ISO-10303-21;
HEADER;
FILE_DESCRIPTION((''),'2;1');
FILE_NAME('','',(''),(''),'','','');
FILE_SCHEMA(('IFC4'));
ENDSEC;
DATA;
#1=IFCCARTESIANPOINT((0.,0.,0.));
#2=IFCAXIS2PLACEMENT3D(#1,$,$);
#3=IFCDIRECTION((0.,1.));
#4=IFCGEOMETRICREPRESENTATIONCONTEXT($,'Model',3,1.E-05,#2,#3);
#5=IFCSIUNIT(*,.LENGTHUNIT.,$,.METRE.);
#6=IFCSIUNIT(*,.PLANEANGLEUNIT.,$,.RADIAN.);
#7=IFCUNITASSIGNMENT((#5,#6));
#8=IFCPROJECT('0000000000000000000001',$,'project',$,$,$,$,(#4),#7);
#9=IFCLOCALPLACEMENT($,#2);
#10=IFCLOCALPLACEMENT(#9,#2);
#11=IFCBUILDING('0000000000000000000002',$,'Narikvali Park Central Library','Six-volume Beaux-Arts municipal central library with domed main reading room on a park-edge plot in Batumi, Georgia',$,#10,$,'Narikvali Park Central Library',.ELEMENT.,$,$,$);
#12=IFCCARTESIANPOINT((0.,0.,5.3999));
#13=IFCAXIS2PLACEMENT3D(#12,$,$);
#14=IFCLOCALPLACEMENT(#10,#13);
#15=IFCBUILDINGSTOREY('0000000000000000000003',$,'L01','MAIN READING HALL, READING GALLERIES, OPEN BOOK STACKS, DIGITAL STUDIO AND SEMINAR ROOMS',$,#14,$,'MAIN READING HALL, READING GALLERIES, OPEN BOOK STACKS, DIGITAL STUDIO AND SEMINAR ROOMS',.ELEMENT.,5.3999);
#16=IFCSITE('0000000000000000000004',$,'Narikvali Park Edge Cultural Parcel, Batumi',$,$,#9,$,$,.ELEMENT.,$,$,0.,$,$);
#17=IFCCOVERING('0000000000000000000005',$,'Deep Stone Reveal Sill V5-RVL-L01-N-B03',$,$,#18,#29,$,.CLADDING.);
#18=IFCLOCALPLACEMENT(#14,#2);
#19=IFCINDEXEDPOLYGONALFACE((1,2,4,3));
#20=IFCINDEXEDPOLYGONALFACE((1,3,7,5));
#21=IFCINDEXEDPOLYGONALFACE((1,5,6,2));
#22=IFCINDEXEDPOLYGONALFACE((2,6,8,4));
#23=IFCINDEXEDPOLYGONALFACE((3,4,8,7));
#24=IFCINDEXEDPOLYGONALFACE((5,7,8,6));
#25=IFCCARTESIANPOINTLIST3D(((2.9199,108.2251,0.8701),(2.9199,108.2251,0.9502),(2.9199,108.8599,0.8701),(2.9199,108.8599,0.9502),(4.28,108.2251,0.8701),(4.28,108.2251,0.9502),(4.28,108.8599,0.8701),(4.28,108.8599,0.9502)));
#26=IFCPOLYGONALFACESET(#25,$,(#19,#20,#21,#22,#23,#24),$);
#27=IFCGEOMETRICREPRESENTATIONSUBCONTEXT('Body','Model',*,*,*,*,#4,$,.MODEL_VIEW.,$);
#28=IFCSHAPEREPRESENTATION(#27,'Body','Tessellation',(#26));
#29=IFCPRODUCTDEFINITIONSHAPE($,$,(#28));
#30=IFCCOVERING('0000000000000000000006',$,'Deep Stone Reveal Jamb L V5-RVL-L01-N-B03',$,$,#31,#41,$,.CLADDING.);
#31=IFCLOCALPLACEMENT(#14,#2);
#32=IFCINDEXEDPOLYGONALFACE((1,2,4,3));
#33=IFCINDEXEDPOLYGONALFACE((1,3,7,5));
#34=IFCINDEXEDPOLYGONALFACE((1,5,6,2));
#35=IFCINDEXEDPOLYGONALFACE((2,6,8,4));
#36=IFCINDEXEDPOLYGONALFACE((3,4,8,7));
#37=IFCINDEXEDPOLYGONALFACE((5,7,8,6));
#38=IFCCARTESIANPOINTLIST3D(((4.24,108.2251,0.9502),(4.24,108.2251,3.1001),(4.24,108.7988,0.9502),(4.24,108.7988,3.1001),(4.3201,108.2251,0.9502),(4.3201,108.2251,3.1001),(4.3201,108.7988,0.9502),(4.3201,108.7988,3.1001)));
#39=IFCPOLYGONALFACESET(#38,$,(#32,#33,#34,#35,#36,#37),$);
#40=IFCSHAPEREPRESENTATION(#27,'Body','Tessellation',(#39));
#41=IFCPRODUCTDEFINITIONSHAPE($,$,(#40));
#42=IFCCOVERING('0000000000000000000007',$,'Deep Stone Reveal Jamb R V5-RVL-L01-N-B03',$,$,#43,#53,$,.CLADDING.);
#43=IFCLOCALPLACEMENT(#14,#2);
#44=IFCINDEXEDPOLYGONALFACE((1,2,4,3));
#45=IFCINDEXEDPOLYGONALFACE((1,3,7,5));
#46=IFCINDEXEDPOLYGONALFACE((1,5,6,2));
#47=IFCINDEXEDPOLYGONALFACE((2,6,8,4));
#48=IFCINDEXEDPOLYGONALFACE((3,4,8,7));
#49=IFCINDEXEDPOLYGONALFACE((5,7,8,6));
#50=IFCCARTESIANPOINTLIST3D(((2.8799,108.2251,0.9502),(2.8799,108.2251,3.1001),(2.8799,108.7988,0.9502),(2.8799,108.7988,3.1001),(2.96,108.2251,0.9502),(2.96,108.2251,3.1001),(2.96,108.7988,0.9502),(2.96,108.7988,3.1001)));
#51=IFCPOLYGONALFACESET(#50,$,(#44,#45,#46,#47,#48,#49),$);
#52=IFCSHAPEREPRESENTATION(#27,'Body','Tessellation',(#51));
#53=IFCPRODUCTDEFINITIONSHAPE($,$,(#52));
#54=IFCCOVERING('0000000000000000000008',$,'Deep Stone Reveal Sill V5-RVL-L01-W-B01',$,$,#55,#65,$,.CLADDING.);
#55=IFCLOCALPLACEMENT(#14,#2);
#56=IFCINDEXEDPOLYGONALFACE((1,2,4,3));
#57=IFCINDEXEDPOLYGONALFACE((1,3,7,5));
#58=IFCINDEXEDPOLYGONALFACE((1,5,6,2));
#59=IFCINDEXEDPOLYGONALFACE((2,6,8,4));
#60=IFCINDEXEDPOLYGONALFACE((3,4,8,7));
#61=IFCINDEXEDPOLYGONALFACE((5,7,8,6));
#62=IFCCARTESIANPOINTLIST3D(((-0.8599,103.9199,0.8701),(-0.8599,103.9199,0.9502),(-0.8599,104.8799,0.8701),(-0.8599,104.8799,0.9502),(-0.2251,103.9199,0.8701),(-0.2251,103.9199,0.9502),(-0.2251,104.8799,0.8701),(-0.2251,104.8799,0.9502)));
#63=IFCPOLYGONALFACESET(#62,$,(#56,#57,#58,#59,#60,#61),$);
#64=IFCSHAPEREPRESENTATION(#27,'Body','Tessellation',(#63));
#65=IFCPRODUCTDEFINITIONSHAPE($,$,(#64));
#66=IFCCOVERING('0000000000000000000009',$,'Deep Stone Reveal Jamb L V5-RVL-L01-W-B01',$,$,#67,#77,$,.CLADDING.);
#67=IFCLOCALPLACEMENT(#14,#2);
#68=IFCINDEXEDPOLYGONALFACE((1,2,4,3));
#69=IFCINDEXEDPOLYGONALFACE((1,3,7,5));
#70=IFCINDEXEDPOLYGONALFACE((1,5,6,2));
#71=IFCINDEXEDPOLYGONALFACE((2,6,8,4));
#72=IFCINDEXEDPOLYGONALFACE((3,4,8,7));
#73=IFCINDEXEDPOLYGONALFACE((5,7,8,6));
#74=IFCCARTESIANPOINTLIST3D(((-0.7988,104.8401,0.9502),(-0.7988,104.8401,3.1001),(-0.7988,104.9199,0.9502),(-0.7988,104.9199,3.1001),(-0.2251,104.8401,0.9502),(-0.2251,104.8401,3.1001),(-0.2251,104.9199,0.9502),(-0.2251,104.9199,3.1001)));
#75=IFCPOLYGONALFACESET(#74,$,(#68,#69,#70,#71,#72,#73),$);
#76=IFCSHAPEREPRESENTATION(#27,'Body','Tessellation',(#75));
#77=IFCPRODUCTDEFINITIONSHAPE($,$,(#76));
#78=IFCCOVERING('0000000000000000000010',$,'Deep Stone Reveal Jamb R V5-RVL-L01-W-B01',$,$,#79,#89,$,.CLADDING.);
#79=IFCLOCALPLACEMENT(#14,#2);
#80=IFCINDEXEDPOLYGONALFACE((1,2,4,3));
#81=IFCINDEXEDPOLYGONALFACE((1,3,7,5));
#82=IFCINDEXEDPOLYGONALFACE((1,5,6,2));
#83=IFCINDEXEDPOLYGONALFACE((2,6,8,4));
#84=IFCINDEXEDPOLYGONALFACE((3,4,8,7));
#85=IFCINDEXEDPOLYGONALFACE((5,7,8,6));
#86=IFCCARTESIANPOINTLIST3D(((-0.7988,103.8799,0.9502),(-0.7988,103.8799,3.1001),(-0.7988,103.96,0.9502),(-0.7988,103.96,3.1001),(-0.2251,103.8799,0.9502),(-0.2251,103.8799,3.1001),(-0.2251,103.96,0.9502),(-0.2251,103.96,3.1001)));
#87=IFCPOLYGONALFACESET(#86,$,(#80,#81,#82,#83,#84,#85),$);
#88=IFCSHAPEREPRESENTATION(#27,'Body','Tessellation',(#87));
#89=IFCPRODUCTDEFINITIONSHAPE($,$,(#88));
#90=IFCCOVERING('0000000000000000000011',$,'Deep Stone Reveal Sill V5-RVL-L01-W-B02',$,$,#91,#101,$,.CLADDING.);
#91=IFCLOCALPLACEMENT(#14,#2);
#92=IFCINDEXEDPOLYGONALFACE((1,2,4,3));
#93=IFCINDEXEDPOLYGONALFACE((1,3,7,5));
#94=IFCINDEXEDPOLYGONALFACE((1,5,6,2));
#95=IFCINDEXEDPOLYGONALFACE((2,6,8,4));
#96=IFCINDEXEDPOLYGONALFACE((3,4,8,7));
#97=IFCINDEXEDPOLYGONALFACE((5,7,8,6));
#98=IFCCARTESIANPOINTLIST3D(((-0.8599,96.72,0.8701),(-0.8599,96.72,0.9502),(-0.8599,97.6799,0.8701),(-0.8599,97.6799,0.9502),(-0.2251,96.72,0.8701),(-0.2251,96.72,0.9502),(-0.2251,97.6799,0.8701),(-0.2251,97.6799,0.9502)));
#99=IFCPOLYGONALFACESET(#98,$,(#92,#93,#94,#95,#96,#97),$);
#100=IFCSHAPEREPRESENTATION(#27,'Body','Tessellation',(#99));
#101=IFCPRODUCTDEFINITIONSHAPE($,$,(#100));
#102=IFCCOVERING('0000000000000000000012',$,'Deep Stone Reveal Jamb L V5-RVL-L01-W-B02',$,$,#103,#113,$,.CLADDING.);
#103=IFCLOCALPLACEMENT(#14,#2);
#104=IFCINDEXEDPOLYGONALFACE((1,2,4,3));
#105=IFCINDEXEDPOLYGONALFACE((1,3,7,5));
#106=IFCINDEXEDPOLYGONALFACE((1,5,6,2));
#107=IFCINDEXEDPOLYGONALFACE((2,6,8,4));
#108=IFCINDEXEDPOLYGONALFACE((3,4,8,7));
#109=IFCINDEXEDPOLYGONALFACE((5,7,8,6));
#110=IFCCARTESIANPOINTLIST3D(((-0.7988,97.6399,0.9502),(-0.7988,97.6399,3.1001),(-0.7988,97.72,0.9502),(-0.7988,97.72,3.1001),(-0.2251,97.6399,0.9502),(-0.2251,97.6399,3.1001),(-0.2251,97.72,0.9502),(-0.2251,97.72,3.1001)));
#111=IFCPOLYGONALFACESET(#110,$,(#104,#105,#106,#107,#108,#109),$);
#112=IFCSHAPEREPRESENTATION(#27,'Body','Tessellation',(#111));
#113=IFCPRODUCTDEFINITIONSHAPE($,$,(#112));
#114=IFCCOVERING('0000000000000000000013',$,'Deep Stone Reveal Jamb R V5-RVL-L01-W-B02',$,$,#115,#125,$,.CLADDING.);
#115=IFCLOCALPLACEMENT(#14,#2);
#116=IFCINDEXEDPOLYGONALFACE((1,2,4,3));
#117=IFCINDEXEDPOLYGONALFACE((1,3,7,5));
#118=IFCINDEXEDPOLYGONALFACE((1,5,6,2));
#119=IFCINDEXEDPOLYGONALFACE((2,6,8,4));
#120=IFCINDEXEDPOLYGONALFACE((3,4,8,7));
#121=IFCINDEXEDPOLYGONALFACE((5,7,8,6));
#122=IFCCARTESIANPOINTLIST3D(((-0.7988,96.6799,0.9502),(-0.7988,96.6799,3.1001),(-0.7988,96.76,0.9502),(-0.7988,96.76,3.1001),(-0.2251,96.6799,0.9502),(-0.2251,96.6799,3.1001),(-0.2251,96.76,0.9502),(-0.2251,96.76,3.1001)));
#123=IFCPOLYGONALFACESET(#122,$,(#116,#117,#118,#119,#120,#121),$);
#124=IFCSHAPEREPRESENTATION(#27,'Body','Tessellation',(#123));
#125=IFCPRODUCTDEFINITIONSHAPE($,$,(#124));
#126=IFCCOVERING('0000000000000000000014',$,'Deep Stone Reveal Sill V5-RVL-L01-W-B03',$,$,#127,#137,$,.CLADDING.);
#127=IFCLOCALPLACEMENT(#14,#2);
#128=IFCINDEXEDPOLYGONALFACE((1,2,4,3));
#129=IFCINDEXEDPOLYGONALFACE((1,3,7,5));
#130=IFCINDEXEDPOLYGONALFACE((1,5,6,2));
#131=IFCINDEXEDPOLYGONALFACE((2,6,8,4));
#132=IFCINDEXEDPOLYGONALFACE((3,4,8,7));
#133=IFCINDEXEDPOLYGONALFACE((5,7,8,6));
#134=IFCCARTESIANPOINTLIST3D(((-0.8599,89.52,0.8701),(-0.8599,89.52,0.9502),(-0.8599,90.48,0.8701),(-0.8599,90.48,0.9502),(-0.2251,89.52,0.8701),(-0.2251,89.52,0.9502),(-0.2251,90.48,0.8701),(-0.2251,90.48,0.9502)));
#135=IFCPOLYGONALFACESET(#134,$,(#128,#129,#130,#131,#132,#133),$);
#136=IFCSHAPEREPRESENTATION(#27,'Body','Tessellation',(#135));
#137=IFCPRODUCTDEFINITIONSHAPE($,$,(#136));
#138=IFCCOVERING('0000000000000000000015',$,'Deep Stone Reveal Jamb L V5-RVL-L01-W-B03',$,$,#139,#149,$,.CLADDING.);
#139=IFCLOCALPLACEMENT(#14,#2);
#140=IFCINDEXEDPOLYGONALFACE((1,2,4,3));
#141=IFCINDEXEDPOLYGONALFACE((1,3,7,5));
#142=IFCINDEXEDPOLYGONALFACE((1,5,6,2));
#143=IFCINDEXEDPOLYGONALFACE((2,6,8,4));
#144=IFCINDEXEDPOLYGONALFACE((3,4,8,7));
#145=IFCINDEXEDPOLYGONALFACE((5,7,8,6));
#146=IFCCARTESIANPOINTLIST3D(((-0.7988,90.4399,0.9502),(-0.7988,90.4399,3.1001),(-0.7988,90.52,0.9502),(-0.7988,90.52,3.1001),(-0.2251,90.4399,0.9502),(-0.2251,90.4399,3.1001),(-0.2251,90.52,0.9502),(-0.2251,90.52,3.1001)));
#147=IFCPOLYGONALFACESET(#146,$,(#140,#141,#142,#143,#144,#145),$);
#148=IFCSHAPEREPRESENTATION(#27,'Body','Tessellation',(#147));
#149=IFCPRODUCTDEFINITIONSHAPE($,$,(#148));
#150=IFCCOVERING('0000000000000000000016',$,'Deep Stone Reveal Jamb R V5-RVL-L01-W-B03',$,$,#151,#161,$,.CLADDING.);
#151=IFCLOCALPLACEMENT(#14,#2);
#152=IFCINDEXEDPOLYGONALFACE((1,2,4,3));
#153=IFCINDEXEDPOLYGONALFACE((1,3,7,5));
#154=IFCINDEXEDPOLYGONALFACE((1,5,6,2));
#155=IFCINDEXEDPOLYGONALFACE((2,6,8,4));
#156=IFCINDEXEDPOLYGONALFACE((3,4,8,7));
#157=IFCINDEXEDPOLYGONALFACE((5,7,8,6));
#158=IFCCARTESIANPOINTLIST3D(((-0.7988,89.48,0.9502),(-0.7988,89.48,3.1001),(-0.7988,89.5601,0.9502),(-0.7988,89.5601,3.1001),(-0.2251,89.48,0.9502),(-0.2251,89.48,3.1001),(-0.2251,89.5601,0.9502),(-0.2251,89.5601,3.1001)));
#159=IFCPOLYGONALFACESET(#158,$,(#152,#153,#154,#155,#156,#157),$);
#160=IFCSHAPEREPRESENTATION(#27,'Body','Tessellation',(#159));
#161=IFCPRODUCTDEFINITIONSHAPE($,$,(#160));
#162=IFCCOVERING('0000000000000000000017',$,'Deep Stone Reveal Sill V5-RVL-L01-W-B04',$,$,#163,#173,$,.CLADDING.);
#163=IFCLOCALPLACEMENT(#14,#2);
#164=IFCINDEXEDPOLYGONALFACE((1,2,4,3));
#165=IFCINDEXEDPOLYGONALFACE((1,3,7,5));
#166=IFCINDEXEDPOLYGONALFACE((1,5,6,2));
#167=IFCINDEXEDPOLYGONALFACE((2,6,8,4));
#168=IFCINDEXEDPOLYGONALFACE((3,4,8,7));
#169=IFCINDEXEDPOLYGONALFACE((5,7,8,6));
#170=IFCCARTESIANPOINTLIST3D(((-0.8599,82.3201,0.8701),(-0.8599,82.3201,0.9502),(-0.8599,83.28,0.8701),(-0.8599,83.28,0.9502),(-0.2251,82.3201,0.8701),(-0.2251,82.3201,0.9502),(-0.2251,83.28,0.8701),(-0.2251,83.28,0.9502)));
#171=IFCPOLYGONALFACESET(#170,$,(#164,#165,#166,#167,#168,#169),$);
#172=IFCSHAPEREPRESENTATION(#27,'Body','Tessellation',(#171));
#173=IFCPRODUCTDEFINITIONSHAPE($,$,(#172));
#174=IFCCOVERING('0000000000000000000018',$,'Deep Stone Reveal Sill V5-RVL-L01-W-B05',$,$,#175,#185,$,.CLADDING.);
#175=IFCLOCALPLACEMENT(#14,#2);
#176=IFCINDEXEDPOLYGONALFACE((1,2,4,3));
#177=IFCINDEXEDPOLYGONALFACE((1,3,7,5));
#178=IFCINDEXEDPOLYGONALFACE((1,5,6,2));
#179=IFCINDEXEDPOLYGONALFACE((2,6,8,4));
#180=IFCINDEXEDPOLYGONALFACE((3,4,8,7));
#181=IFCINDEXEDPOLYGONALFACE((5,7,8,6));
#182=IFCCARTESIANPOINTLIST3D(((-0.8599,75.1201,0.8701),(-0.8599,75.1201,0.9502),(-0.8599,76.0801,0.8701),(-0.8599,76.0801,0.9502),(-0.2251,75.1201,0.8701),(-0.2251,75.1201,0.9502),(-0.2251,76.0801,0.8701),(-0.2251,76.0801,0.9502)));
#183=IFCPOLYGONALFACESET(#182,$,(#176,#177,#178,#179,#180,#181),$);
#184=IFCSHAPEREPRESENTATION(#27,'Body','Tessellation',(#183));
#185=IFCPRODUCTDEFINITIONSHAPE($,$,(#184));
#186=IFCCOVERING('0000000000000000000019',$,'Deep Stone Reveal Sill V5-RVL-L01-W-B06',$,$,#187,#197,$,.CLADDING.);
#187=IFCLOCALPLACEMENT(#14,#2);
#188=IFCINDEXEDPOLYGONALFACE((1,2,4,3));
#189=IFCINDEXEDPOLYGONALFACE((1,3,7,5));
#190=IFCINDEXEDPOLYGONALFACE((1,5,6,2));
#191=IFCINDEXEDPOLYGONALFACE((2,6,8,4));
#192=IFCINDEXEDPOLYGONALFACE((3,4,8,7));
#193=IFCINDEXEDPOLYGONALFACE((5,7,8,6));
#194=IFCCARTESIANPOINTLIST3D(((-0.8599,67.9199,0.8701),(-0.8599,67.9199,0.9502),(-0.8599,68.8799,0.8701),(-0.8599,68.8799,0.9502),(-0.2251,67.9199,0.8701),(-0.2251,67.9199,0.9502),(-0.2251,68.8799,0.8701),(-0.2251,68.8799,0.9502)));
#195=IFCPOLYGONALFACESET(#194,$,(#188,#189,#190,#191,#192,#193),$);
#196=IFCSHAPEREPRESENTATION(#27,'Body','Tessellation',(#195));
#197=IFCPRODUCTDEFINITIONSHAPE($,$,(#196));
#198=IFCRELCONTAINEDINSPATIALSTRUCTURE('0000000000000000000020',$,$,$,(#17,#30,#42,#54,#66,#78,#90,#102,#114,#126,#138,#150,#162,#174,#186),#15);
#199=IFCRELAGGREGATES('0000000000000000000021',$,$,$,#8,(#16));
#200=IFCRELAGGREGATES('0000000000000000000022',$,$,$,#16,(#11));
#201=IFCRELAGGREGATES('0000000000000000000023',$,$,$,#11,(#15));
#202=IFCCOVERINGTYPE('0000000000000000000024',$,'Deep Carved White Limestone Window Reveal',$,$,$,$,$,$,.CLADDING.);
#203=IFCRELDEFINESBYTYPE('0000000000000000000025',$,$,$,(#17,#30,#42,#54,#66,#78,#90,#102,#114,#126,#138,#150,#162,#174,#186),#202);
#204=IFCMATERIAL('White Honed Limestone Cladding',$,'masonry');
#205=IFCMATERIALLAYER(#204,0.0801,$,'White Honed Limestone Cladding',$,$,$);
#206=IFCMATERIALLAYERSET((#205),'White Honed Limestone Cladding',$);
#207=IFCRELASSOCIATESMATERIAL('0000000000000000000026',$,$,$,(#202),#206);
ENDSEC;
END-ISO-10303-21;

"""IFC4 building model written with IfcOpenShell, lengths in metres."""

from ifc_helpers import new_model, si_unit, direction, frame, origin, place, context, subcontext, project, spatial, polyline, outline, extrude, material, layer, layer_set, type_object, element, save


model = new_model("IFC4")

# Units and contexts
model_context = context("Model", 3, precision=1e-05, world=origin(), true_north=direction((0.0, 1.0)))
body_context = subcontext(model_context, "Body", "Model", "MODEL_VIEW")
ifc_project = project(units=[si_unit("LENGTHUNIT", "METRE"), si_unit("PLANEANGLEUNIT", "RADIAN")], contexts=[model_context])

# Site, building, storey
site_placement = place(None, origin())
site = spatial("IfcSite", under=ifc_project, at=site_placement, Name="Narikvali Park Edge Cultural Parcel, Batumi", CompositionType="ELEMENT", RefElevation=0.0)
building_placement = place(site_placement, origin())
building = spatial("IfcBuilding", under=site, at=building_placement, Name="Narikvali Park Central Library", Description="Six-volume Beaux-Arts municipal central library with domed main reading room on a park-edge plot in Batumi, Georgia", LongName="Narikvali Park Central Library", CompositionType="ELEMENT")
storey_placement = place(building_placement, frame((0.0, 0.0, 5.3999)))
storey = spatial("IfcBuildingStorey", under=building, at=storey_placement, Name="L01", Description="MAIN READING HALL, READING GALLERIES, OPEN BOOK STACKS, DIGITAL STUDIO AND SEMINAR ROOMS", LongName="MAIN READING HALL, READING GALLERIES, OPEN BOOK STACKS, DIGITAL STUDIO AND SEMINAR ROOMS", CompositionType="ELEMENT", Elevation=5.3999)

# Coverings
ifc_material = material(Name="White Honed Limestone Cladding", Category="masonry")
ifc_layer = layer(ifc_material, 0.0801, Name="White Honed Limestone Cladding")
ifc_layer_set = layer_set([ifc_layer], Name="White Honed Limestone Cladding")
covering_type = type_object("IfcCoveringType", Name="Deep Carved White Limestone Window Reveal", PredefinedType="CLADDING", material=ifc_layer_set)
covering_1_placement = place(storey_placement, frame((0.0, 0.0, 0.8701)))
element("IfcCovering", 1, at=covering_1_placement, inside=storey, type_object=covering_type, Name="Deep Stone Reveal Sill V5-RVL-L01-N-B03", PredefinedType="CLADDING", context=body_context, shape_type="SweptSolid", body=[
    extrude(outline(polyline([(4.28, 108.2251), (2.9199, 108.2251), (2.9199, 108.8599), (4.28, 108.8599), (4.28, 108.2251)])), origin(), (0.0, 0.0, 1.0), 0.0801),
])
covering_2_placement = place(storey_placement, frame((0.0, 0.0, 0.9502)))
element("IfcCovering", 2, at=covering_2_placement, inside=storey, type_object=covering_type, Name="Deep Stone Reveal Jamb L V5-RVL-L01-N-B03", PredefinedType="CLADDING", context=body_context, shape_type="SweptSolid", body=[
    extrude(outline(polyline([(4.3201, 108.2251), (4.24, 108.2251), (4.24, 108.7988), (4.3201, 108.7988), (4.3201, 108.2251)])), origin(), (0.0, 0.0, 1.0), 2.1499),
])
covering_3_placement = place(storey_placement, frame((0.0, 0.0, 0.9502)))
element("IfcCovering", 3, at=covering_3_placement, inside=storey, type_object=covering_type, Name="Deep Stone Reveal Jamb R V5-RVL-L01-N-B03", PredefinedType="CLADDING", context=body_context, shape_type="SweptSolid", body=[
    extrude(outline(polyline([(2.96, 108.2251), (2.8799, 108.2251), (2.8799, 108.7988), (2.96, 108.7988), (2.96, 108.2251)])), origin(), (0.0, 0.0, 1.0), 2.1499),
])
covering_4_placement = place(storey_placement, frame((0.0, 0.0, 0.8701)))
element("IfcCovering", 4, at=covering_4_placement, inside=storey, type_object=covering_type, Name="Deep Stone Reveal Sill V5-RVL-L01-W-B01", PredefinedType="CLADDING", context=body_context, shape_type="SweptSolid", body=[
    extrude(outline(polyline([(-0.2251, 104.8799), (-0.2251, 103.9199), (-0.8599, 103.9199), (-0.8599, 104.8799), (-0.2251, 104.8799)])), origin(), (0.0, 0.0, 1.0), 0.0801),
])
covering_5_placement = place(storey_placement, frame((0.0, 0.0, 0.9502)))
element("IfcCovering", 5, at=covering_5_placement, inside=storey, type_object=covering_type, Name="Deep Stone Reveal Jamb L V5-RVL-L01-W-B01", PredefinedType="CLADDING", context=body_context, shape_type="SweptSolid", body=[
    extrude(outline(polyline([(-0.2251, 104.9199), (-0.2251, 104.8401), (-0.7988, 104.8401), (-0.7988, 104.9199), (-0.2251, 104.9199)])), origin(), (0.0, 0.0, 1.0), 2.1499),
])
covering_6_placement = place(storey_placement, frame((0.0, 0.0, 0.9502)))
element("IfcCovering", 6, at=covering_6_placement, inside=storey, type_object=covering_type, Name="Deep Stone Reveal Jamb R V5-RVL-L01-W-B01", PredefinedType="CLADDING", context=body_context, shape_type="SweptSolid", body=[
    extrude(outline(polyline([(-0.2251, 103.96), (-0.2251, 103.8799), (-0.7988, 103.8799), (-0.7988, 103.96), (-0.2251, 103.96)])), origin(), (0.0, 0.0, 1.0), 2.1499),
])
covering_7_placement = place(storey_placement, frame((0.0, 0.0, 0.8701)))
element("IfcCovering", 7, at=covering_7_placement, inside=storey, type_object=covering_type, Name="Deep Stone Reveal Sill V5-RVL-L01-W-B02", PredefinedType="CLADDING", context=body_context, shape_type="SweptSolid", body=[
    extrude(outline(polyline([(-0.2251, 97.6799), (-0.2251, 96.72), (-0.8599, 96.72), (-0.8599, 97.6799), (-0.2251, 97.6799)])), origin(), (0.0, 0.0, 1.0), 0.0801),
])
covering_8_placement = place(storey_placement, frame((0.0, 0.0, 0.9502)))
element("IfcCovering", 8, at=covering_8_placement, inside=storey, type_object=covering_type, Name="Deep Stone Reveal Jamb L V5-RVL-L01-W-B02", PredefinedType="CLADDING", context=body_context, shape_type="SweptSolid", body=[
    extrude(outline(polyline([(-0.2251, 97.72), (-0.2251, 97.6399), (-0.7988, 97.6399), (-0.7988, 97.72), (-0.2251, 97.72)])), origin(), (0.0, 0.0, 1.0), 2.1499),
])
covering_9_placement = place(storey_placement, frame((0.0, 0.0, 0.9502)))
element("IfcCovering", 9, at=covering_9_placement, inside=storey, type_object=covering_type, Name="Deep Stone Reveal Jamb R V5-RVL-L01-W-B02", PredefinedType="CLADDING", context=body_context, shape_type="SweptSolid", body=[
    extrude(outline(polyline([(-0.2251, 96.76), (-0.2251, 96.6799), (-0.7988, 96.6799), (-0.7988, 96.76), (-0.2251, 96.76)])), origin(), (0.0, 0.0, 1.0), 2.1499),
])
covering_10_placement = place(storey_placement, frame((0.0, 0.0, 0.8701)))
element("IfcCovering", 10, at=covering_10_placement, inside=storey, type_object=covering_type, Name="Deep Stone Reveal Sill V5-RVL-L01-W-B03", PredefinedType="CLADDING", context=body_context, shape_type="SweptSolid", body=[
    extrude(outline(polyline([(-0.2251, 90.48), (-0.2251, 89.52), (-0.8599, 89.52), (-0.8599, 90.48), (-0.2251, 90.48)])), origin(), (0.0, 0.0, 1.0), 0.0801),
])
covering_11_placement = place(storey_placement, frame((0.0, 0.0, 0.9502)))
element("IfcCovering", 11, at=covering_11_placement, inside=storey, type_object=covering_type, Name="Deep Stone Reveal Jamb L V5-RVL-L01-W-B03", PredefinedType="CLADDING", context=body_context, shape_type="SweptSolid", body=[
    extrude(outline(polyline([(-0.2251, 90.52), (-0.2251, 90.4399), (-0.7988, 90.4399), (-0.7988, 90.52), (-0.2251, 90.52)])), origin(), (0.0, 0.0, 1.0), 2.1499),
])
covering_12_placement = place(storey_placement, frame((0.0, 0.0, 0.9502)))
element("IfcCovering", 12, at=covering_12_placement, inside=storey, type_object=covering_type, Name="Deep Stone Reveal Jamb R V5-RVL-L01-W-B03", PredefinedType="CLADDING", context=body_context, shape_type="SweptSolid", body=[
    extrude(outline(polyline([(-0.2251, 89.5601), (-0.2251, 89.48), (-0.7988, 89.48), (-0.7988, 89.5601), (-0.2251, 89.5601)])), origin(), (0.0, 0.0, 1.0), 2.1499),
])
covering_13_placement = place(storey_placement, frame((0.0, 0.0, 0.8701)))
element("IfcCovering", 13, at=covering_13_placement, inside=storey, type_object=covering_type, Name="Deep Stone Reveal Sill V5-RVL-L01-W-B04", PredefinedType="CLADDING", context=body_context, shape_type="SweptSolid", body=[
    extrude(outline(polyline([(-0.2251, 83.28), (-0.2251, 82.3201), (-0.8599, 82.3201), (-0.8599, 83.28), (-0.2251, 83.28)])), origin(), (0.0, 0.0, 1.0), 0.0801),
])
covering_14_placement = place(storey_placement, frame((0.0, 0.0, 0.8701)))
element("IfcCovering", 14, at=covering_14_placement, inside=storey, type_object=covering_type, Name="Deep Stone Reveal Sill V5-RVL-L01-W-B05", PredefinedType="CLADDING", context=body_context, shape_type="SweptSolid", body=[
    extrude(outline(polyline([(-0.2251, 76.0801), (-0.2251, 75.1201), (-0.8599, 75.1201), (-0.8599, 76.0801), (-0.2251, 76.0801)])), origin(), (0.0, 0.0, 1.0), 0.0801),
])
covering_15_placement = place(storey_placement, frame((0.0, 0.0, 0.8701)))
element("IfcCovering", 15, at=covering_15_placement, inside=storey, type_object=covering_type, Name="Deep Stone Reveal Sill V5-RVL-L01-W-B06", PredefinedType="CLADDING", context=body_context, shape_type="SweptSolid", body=[
    extrude(outline(polyline([(-0.2251, 68.8799), (-0.2251, 67.9199), (-0.8599, 67.9199), (-0.8599, 68.8799), (-0.2251, 68.8799)])), origin(), (0.0, 0.0, 1.0), 0.0801),
])

save(model, "model.ifc")
